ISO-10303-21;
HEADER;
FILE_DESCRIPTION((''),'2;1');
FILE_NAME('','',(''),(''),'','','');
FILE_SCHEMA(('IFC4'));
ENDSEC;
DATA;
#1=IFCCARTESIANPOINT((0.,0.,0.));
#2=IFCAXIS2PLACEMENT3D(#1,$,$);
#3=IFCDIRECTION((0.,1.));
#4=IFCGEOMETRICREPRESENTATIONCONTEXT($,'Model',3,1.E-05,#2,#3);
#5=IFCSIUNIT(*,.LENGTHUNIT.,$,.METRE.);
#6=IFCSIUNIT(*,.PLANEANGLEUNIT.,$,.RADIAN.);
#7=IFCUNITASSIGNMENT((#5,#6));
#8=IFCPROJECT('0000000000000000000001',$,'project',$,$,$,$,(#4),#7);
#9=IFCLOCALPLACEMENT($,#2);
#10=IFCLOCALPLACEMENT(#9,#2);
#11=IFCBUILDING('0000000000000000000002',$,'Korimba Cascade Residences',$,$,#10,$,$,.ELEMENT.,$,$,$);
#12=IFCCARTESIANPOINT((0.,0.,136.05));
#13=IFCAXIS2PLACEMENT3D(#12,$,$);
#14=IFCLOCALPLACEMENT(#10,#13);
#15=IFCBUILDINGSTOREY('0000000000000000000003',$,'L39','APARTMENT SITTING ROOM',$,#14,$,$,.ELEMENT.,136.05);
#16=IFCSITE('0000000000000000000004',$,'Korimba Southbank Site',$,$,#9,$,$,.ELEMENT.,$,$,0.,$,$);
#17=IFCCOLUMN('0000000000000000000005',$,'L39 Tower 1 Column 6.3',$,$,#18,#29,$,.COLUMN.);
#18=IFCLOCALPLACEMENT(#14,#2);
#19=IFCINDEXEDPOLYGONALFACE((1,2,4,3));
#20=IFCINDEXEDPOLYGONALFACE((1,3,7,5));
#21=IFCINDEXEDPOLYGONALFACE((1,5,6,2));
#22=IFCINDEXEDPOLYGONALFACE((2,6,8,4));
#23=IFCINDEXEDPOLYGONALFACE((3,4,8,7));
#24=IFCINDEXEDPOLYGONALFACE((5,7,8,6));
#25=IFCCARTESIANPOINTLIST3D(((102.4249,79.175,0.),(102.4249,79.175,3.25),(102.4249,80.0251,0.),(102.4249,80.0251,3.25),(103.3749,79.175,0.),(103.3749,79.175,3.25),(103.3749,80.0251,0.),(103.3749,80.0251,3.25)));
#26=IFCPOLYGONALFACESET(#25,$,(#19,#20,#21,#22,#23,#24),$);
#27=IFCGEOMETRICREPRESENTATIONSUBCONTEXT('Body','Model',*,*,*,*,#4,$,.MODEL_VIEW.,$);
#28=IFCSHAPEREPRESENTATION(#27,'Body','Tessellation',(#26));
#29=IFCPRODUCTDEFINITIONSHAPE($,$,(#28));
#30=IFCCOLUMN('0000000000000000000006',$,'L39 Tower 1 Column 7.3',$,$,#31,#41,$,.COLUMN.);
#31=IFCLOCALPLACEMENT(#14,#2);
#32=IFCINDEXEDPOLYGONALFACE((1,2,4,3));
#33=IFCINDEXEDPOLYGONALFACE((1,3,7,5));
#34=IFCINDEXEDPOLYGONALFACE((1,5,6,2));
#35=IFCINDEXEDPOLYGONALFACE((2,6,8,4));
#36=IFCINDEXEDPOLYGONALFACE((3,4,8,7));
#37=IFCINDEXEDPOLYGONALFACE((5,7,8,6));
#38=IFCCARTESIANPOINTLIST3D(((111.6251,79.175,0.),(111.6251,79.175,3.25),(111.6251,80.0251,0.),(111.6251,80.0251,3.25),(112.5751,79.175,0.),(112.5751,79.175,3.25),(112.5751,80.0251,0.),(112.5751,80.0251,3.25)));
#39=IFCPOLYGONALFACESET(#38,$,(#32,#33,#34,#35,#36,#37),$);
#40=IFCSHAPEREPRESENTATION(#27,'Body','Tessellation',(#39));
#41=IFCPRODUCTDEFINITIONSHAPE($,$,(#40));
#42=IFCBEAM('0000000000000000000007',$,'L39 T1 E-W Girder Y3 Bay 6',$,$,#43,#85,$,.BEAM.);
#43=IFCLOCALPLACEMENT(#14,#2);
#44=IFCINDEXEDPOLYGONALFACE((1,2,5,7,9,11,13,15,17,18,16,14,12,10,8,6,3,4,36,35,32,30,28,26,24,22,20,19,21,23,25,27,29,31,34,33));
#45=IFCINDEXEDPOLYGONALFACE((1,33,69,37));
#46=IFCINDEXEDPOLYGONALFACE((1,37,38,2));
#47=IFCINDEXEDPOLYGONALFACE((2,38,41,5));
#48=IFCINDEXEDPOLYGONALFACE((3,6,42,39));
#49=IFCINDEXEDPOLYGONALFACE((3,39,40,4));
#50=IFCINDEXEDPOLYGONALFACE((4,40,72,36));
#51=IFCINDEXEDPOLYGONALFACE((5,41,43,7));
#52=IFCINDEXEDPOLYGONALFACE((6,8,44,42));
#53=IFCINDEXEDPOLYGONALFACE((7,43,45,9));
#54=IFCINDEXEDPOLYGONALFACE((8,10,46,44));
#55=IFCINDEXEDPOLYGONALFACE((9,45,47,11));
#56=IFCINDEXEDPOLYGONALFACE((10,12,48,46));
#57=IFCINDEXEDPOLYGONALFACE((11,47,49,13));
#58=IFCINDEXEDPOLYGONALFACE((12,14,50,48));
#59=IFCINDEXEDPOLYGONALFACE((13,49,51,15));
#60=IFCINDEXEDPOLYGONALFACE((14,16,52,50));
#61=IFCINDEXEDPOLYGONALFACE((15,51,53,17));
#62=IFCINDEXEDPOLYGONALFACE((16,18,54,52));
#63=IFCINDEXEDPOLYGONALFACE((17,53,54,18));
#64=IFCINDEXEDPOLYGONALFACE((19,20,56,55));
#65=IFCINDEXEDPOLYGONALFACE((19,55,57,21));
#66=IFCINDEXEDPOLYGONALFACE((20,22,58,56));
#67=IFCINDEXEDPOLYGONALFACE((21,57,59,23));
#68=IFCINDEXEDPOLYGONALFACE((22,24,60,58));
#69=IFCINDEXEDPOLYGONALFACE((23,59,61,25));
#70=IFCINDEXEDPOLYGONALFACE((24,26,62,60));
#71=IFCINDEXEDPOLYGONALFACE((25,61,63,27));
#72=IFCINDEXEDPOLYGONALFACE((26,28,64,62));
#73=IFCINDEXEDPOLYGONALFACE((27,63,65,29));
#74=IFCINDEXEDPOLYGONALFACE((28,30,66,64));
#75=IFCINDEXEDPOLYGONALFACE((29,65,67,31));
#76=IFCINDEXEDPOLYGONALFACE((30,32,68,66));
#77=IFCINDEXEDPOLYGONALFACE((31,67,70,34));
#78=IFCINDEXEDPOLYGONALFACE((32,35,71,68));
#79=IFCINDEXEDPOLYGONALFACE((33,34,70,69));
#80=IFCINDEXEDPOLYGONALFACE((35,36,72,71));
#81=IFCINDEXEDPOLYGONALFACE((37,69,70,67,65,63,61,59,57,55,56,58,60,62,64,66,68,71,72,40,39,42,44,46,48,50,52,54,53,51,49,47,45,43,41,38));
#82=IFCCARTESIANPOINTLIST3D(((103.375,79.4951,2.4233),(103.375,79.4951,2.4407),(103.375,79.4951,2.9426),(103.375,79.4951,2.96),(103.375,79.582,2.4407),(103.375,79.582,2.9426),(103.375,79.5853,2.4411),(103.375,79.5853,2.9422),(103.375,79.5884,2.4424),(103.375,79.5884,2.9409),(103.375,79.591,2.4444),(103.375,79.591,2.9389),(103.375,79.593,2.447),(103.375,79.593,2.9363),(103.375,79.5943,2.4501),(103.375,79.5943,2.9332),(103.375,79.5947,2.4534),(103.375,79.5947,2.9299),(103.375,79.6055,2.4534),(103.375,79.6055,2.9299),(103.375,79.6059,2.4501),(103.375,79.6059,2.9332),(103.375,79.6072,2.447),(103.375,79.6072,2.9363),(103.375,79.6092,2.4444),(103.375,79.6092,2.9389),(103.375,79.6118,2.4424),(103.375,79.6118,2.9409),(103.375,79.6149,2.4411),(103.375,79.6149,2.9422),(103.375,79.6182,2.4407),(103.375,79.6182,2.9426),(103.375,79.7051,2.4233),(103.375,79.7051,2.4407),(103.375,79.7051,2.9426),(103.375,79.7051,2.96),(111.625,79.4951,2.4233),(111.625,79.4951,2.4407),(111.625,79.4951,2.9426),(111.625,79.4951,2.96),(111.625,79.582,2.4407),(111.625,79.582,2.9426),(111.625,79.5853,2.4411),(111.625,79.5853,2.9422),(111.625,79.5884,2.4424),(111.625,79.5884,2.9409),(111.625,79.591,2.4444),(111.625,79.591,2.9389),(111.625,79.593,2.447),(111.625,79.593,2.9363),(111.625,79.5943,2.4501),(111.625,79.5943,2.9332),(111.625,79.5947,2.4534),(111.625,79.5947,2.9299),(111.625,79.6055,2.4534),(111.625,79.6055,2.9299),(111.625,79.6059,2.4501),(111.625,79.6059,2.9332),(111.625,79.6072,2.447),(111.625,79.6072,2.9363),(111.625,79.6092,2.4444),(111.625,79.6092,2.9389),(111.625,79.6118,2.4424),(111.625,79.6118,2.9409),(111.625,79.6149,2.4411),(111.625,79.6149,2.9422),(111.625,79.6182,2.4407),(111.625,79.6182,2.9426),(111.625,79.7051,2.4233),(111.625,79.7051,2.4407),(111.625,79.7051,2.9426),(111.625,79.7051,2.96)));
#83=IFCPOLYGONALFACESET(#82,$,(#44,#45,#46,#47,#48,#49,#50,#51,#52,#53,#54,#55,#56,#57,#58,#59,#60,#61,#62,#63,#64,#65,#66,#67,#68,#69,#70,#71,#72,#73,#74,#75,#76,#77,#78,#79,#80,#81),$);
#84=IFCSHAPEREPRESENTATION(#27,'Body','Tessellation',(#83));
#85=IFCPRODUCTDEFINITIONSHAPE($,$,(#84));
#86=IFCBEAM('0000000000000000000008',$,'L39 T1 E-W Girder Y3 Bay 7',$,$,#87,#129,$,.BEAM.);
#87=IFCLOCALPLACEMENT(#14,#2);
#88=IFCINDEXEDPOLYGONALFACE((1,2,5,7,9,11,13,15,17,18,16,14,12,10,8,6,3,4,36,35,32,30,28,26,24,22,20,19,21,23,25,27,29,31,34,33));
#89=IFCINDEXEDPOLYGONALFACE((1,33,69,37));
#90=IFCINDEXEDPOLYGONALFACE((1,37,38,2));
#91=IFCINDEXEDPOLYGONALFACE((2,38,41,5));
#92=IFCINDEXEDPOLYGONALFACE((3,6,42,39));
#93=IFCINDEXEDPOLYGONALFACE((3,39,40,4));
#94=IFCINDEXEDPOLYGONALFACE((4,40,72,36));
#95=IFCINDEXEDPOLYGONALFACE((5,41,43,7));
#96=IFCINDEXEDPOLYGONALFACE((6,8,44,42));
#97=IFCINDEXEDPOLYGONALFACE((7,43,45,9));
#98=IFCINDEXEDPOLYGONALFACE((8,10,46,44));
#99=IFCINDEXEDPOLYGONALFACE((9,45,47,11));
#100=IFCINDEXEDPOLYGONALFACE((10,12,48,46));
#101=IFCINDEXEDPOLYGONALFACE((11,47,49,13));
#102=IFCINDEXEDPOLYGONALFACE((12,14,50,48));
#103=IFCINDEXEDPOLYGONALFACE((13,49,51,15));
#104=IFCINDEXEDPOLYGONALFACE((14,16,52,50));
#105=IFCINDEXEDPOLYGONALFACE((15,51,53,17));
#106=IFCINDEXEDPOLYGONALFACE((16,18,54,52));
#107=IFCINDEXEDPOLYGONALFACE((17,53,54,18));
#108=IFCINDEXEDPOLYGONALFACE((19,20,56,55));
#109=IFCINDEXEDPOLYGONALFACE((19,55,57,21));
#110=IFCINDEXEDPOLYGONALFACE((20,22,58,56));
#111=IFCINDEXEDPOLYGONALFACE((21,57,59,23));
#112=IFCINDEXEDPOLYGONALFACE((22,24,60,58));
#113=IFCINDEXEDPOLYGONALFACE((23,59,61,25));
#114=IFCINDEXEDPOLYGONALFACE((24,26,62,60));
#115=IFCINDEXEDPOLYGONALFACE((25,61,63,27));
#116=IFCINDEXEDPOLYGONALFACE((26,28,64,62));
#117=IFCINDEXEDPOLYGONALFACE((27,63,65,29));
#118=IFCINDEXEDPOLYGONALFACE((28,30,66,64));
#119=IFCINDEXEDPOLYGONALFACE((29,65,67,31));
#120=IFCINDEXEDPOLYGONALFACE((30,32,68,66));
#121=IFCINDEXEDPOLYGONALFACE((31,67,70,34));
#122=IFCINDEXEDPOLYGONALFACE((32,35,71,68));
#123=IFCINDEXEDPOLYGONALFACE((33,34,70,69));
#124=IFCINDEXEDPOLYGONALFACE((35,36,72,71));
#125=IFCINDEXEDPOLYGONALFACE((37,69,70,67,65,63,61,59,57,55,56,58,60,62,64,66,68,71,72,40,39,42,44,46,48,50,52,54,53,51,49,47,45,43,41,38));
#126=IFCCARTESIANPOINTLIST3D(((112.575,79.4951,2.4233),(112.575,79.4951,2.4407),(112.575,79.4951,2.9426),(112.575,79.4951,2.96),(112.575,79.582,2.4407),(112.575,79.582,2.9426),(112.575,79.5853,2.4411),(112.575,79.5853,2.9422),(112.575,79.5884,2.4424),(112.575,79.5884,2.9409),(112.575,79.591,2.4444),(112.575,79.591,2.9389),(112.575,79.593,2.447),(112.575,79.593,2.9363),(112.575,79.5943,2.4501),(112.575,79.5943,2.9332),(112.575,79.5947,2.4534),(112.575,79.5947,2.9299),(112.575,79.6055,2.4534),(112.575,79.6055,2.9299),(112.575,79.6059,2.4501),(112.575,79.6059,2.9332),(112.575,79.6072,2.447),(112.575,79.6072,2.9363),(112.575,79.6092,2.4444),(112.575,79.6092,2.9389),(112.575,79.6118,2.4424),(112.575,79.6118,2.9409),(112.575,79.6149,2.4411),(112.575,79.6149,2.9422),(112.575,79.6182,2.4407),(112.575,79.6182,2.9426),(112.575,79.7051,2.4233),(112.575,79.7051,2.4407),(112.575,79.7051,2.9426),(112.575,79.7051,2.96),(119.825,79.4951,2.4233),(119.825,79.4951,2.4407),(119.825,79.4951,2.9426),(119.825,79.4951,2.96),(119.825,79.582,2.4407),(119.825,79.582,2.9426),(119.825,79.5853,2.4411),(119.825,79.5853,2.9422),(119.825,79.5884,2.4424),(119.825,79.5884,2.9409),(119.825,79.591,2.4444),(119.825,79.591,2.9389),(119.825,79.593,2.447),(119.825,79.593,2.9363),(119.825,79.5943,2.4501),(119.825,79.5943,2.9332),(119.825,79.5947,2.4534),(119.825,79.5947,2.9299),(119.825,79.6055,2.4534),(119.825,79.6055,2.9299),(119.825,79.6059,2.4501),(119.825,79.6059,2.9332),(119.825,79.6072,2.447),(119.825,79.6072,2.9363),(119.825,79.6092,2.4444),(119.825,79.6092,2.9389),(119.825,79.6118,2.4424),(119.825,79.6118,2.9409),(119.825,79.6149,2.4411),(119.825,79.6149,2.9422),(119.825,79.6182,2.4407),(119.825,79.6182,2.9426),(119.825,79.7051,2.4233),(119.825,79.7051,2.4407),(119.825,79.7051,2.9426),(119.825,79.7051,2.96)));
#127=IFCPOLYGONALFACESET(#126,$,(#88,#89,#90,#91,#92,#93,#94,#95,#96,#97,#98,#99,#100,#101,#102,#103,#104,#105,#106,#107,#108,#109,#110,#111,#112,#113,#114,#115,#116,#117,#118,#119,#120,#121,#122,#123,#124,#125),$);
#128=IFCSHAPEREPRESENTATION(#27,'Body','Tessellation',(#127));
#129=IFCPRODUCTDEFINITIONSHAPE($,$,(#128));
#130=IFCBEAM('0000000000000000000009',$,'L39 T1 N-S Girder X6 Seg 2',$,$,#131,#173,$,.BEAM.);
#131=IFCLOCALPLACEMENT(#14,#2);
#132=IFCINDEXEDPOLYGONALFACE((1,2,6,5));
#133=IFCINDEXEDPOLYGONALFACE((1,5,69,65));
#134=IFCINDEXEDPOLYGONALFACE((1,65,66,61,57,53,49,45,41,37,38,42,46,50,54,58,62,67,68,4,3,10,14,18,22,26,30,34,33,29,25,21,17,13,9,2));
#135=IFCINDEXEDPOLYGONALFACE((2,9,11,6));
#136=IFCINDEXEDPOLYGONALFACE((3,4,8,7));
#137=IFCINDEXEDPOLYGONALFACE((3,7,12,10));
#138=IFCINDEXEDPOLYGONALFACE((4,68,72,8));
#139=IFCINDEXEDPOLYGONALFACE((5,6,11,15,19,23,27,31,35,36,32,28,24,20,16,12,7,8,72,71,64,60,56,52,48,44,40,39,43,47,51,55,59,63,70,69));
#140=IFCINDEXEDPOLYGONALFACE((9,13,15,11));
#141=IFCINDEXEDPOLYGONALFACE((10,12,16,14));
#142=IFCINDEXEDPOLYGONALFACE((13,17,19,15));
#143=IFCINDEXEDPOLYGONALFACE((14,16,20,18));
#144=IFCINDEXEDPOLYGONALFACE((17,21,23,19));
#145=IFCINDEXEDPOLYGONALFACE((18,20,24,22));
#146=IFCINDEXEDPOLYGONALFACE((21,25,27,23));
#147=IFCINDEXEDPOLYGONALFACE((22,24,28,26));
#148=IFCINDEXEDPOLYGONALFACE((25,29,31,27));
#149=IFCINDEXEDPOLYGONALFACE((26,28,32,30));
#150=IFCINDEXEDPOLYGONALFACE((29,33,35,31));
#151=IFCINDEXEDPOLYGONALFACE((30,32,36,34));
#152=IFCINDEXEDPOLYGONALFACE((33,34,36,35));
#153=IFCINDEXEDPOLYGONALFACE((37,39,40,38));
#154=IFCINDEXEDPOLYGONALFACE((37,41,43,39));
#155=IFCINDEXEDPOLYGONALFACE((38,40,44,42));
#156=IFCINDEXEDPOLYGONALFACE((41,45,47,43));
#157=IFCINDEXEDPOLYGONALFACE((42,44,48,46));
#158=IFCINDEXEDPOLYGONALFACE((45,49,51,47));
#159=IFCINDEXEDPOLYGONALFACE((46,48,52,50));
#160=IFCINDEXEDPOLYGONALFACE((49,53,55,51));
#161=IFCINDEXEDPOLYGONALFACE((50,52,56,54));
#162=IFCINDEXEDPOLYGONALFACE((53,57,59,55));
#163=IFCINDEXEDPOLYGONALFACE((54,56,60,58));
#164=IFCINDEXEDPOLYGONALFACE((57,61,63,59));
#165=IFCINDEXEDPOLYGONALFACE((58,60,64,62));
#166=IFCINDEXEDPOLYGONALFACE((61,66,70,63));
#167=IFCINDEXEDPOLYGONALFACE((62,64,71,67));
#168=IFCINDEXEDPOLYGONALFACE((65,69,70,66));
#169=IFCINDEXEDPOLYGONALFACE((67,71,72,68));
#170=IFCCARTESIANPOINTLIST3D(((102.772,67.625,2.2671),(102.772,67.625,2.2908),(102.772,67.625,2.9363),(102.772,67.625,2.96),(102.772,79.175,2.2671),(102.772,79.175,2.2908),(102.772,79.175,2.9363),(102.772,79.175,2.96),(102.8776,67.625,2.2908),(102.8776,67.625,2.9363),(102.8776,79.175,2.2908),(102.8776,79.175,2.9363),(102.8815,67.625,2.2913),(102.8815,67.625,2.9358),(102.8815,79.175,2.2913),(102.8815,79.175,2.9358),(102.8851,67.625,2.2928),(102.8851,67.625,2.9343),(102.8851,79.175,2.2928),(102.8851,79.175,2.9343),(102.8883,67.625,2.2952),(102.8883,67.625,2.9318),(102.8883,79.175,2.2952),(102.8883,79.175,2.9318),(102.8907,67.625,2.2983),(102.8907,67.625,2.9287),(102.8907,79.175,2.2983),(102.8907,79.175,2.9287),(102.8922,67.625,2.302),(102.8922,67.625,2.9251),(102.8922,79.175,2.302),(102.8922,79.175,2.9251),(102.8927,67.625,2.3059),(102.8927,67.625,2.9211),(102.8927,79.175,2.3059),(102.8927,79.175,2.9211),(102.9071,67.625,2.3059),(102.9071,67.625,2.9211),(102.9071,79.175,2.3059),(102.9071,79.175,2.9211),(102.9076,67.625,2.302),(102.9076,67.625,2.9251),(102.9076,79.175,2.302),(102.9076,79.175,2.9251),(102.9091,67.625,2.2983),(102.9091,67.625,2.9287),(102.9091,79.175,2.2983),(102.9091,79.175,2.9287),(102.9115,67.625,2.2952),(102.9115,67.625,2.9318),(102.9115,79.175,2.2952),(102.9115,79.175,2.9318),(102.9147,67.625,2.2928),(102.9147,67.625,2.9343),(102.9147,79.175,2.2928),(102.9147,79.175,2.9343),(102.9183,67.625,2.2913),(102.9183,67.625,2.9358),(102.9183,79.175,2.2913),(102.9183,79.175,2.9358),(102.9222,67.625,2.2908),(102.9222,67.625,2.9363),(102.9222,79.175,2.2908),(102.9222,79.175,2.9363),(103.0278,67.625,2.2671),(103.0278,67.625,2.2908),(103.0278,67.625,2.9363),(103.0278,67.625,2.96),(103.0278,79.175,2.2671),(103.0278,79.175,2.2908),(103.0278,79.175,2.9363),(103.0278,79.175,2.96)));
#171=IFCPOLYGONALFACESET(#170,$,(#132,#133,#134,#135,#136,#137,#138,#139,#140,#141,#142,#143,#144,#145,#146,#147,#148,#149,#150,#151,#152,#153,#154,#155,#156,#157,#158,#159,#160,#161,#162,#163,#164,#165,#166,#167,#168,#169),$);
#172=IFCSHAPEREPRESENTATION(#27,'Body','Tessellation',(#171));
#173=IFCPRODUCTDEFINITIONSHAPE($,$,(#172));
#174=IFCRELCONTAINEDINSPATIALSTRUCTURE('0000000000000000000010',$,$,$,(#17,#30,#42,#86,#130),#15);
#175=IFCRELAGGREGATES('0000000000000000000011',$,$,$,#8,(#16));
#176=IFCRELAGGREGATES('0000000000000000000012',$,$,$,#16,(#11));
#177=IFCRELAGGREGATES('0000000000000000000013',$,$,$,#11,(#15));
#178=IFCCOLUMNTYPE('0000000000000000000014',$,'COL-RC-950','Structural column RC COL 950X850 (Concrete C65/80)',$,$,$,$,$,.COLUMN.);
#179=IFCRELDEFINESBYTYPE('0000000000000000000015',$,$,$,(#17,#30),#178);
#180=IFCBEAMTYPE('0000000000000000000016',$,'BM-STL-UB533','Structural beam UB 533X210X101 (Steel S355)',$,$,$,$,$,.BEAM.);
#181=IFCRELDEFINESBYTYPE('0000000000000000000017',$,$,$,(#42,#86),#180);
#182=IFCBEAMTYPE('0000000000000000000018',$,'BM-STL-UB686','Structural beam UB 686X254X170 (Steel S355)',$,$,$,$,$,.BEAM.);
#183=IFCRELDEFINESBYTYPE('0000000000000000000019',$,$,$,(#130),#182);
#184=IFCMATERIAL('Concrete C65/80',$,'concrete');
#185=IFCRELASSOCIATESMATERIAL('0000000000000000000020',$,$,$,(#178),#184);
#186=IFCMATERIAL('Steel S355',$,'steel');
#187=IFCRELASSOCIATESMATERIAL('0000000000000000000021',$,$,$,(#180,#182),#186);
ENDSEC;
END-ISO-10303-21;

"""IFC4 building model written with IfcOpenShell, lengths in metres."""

from ifc_helpers import new_model, si_unit, direction, frame, origin, origin_2d, place, context, subcontext, project, spatial, rectangle, i_section, extrude, material, material_profile, profile_set, type_object, element, save


model = new_model("IFC4")

# Units and contexts
model_context = context("Model", 3, precision=1e-05, world=origin(), true_north=direction((0.0, 1.0)))
body_context = subcontext(model_context, "Body", "Model", "MODEL_VIEW")
ifc_project = project(units=[si_unit("LENGTHUNIT", "METRE"), si_unit("PLANEANGLEUNIT", "RADIAN")], contexts=[model_context])

# Site, building, storey
site_placement = place(None, origin())
site = spatial("IfcSite", under=ifc_project, at=site_placement, Name="Korimba Southbank Site", CompositionType="ELEMENT", RefElevation=0.0)
building_placement = place(site_placement, origin())
building = spatial("IfcBuilding", under=site, at=building_placement, Name="Korimba Cascade Residences", CompositionType="ELEMENT")
storey_placement = place(building_placement, frame((0.0, 0.0, 136.05)))
storey = spatial("IfcBuildingStorey", under=building, at=storey_placement, Name="L39", Description="APARTMENT SITTING ROOM", CompositionType="ELEMENT", Elevation=136.05)

# Columns
ifc_material_1 = material(Name="Concrete C65/80", Category="concrete")
ifc_material_profile_1 = material_profile(ifc_material_1, rectangle(XDim=0.95, YDim=0.8501, at=origin_2d()), Name="Concrete C65/80")
ifc_profile_set_1 = profile_set([ifc_material_profile_1], Name="Concrete C65/80")
column_type = type_object("IfcColumnType", Name="COL-RC-950", Description="Structural column RC COL 950X850 (Concrete C65/80)", PredefinedType="COLUMN", material=ifc_profile_set_1)
for number, where, z_axis, x_axis, name in (
    (1, (102.8999, 79.6001, 0.0), (0.0, 0.0, 1.0), (1.0, 0.0, 0.0), "L39 Tower 1 Column 6.3"),
    (2, (112.1001, 79.6001, 0.0), (0.0, 0.0, 1.0), (1.0, 0.0, 0.0), "L39 Tower 1 Column 7.3"),
):
    element("IfcColumn", number, at=place(storey_placement, frame(where, z_axis=z_axis, x_axis=x_axis)), inside=storey, type_object=column_type, Name=name, PredefinedType="COLUMN", context=body_context, shape_type="SweptSolid", body=[
        extrude(rectangle(XDim=0.95, YDim=0.8501, at=origin_2d()), origin(), (0.0, 0.0, 1.0), 3.25),
    ])

# Beams
ifc_material_2 = material(Name="Steel S355", Category="steel")
ifc_material_profile_2 = material_profile(ifc_material_2, i_section(OverallWidth=0.21, OverallDepth=0.5366, WebThickness=0.0107, FlangeThickness=0.0173, FilletRadius=0.0127, at=origin_2d()), Name="Steel S355")
ifc_profile_set_2 = profile_set([ifc_material_profile_2], Name="Steel S355")
beam_type_1 = type_object("IfcBeamType", Name="BM-STL-UB533", Description="Structural beam UB 533X210X101 (Steel S355)", PredefinedType="BEAM", material=ifc_profile_set_2)
beam_1_placement = place(storey_placement, frame((103.375, 79.6001, 2.6917), z_axis=(1.0, 0.0, 0.0), x_axis=(0.0, 1.0, 0.0)))
element("IfcBeam", 3, at=beam_1_placement, inside=storey, type_object=beam_type_1, Name="L39 T1 E-W Girder Y3 Bay 6", PredefinedType="BEAM", context=body_context, shape_type="SweptSolid", body=[
    extrude(i_section(OverallWidth=0.21, OverallDepth=0.5366, WebThickness=0.0107, FlangeThickness=0.0173, FilletRadius=0.0127, at=origin_2d()), origin(), (0.0, 0.0, 1.0), 8.25),
])
beam_2_placement = place(storey_placement, frame((112.575, 79.6001, 2.6917), z_axis=(1.0, 0.0, 0.0), x_axis=(0.0, 1.0, 0.0)))
element("IfcBeam", 4, at=beam_2_placement, inside=storey, type_object=beam_type_1, Name="L39 T1 E-W Girder Y3 Bay 7", PredefinedType="BEAM", context=body_context, shape_type="SweptSolid", body=[
    extrude(i_section(OverallWidth=0.21, OverallDepth=0.5366, WebThickness=0.0107, FlangeThickness=0.0173, FilletRadius=0.0127, at=origin_2d()), origin(), (0.0, 0.0, 1.0), 7.25),
])
ifc_material_profile_3 = material_profile(ifc_material_2, i_section(OverallWidth=0.2559, OverallDepth=0.6929, WebThickness=0.0144, FlangeThickness=0.0237, FilletRadius=0.0151, at=origin_2d()), Name="Steel S355")
ifc_profile_set_3 = profile_set([ifc_material_profile_3], Name="Steel S355")
beam_type_2 = type_object("IfcBeamType", Name="BM-STL-UB686", Description="Structural beam UB 686X254X170 (Steel S355)", PredefinedType="BEAM", material=ifc_profile_set_3)
beam_3_placement = place(storey_placement, frame((102.8999, 67.625, 2.6135), z_axis=(0.0, 1.0, 0.0), x_axis=(-1.0, 0.0, 0.0)))
element("IfcBeam", 5, at=beam_3_placement, inside=storey, type_object=beam_type_2, Name="L39 T1 N-S Girder X6 Seg 2", PredefinedType="BEAM", context=body_context, shape_type="SweptSolid", body=[
    extrude(i_section(OverallWidth=0.2559, OverallDepth=0.6929, WebThickness=0.0144, FlangeThickness=0.0237, FilletRadius=0.0151, at=origin_2d()), origin(), (0.0, 0.0, 1.0), 11.55),
])

save(model, "model.ifc")
